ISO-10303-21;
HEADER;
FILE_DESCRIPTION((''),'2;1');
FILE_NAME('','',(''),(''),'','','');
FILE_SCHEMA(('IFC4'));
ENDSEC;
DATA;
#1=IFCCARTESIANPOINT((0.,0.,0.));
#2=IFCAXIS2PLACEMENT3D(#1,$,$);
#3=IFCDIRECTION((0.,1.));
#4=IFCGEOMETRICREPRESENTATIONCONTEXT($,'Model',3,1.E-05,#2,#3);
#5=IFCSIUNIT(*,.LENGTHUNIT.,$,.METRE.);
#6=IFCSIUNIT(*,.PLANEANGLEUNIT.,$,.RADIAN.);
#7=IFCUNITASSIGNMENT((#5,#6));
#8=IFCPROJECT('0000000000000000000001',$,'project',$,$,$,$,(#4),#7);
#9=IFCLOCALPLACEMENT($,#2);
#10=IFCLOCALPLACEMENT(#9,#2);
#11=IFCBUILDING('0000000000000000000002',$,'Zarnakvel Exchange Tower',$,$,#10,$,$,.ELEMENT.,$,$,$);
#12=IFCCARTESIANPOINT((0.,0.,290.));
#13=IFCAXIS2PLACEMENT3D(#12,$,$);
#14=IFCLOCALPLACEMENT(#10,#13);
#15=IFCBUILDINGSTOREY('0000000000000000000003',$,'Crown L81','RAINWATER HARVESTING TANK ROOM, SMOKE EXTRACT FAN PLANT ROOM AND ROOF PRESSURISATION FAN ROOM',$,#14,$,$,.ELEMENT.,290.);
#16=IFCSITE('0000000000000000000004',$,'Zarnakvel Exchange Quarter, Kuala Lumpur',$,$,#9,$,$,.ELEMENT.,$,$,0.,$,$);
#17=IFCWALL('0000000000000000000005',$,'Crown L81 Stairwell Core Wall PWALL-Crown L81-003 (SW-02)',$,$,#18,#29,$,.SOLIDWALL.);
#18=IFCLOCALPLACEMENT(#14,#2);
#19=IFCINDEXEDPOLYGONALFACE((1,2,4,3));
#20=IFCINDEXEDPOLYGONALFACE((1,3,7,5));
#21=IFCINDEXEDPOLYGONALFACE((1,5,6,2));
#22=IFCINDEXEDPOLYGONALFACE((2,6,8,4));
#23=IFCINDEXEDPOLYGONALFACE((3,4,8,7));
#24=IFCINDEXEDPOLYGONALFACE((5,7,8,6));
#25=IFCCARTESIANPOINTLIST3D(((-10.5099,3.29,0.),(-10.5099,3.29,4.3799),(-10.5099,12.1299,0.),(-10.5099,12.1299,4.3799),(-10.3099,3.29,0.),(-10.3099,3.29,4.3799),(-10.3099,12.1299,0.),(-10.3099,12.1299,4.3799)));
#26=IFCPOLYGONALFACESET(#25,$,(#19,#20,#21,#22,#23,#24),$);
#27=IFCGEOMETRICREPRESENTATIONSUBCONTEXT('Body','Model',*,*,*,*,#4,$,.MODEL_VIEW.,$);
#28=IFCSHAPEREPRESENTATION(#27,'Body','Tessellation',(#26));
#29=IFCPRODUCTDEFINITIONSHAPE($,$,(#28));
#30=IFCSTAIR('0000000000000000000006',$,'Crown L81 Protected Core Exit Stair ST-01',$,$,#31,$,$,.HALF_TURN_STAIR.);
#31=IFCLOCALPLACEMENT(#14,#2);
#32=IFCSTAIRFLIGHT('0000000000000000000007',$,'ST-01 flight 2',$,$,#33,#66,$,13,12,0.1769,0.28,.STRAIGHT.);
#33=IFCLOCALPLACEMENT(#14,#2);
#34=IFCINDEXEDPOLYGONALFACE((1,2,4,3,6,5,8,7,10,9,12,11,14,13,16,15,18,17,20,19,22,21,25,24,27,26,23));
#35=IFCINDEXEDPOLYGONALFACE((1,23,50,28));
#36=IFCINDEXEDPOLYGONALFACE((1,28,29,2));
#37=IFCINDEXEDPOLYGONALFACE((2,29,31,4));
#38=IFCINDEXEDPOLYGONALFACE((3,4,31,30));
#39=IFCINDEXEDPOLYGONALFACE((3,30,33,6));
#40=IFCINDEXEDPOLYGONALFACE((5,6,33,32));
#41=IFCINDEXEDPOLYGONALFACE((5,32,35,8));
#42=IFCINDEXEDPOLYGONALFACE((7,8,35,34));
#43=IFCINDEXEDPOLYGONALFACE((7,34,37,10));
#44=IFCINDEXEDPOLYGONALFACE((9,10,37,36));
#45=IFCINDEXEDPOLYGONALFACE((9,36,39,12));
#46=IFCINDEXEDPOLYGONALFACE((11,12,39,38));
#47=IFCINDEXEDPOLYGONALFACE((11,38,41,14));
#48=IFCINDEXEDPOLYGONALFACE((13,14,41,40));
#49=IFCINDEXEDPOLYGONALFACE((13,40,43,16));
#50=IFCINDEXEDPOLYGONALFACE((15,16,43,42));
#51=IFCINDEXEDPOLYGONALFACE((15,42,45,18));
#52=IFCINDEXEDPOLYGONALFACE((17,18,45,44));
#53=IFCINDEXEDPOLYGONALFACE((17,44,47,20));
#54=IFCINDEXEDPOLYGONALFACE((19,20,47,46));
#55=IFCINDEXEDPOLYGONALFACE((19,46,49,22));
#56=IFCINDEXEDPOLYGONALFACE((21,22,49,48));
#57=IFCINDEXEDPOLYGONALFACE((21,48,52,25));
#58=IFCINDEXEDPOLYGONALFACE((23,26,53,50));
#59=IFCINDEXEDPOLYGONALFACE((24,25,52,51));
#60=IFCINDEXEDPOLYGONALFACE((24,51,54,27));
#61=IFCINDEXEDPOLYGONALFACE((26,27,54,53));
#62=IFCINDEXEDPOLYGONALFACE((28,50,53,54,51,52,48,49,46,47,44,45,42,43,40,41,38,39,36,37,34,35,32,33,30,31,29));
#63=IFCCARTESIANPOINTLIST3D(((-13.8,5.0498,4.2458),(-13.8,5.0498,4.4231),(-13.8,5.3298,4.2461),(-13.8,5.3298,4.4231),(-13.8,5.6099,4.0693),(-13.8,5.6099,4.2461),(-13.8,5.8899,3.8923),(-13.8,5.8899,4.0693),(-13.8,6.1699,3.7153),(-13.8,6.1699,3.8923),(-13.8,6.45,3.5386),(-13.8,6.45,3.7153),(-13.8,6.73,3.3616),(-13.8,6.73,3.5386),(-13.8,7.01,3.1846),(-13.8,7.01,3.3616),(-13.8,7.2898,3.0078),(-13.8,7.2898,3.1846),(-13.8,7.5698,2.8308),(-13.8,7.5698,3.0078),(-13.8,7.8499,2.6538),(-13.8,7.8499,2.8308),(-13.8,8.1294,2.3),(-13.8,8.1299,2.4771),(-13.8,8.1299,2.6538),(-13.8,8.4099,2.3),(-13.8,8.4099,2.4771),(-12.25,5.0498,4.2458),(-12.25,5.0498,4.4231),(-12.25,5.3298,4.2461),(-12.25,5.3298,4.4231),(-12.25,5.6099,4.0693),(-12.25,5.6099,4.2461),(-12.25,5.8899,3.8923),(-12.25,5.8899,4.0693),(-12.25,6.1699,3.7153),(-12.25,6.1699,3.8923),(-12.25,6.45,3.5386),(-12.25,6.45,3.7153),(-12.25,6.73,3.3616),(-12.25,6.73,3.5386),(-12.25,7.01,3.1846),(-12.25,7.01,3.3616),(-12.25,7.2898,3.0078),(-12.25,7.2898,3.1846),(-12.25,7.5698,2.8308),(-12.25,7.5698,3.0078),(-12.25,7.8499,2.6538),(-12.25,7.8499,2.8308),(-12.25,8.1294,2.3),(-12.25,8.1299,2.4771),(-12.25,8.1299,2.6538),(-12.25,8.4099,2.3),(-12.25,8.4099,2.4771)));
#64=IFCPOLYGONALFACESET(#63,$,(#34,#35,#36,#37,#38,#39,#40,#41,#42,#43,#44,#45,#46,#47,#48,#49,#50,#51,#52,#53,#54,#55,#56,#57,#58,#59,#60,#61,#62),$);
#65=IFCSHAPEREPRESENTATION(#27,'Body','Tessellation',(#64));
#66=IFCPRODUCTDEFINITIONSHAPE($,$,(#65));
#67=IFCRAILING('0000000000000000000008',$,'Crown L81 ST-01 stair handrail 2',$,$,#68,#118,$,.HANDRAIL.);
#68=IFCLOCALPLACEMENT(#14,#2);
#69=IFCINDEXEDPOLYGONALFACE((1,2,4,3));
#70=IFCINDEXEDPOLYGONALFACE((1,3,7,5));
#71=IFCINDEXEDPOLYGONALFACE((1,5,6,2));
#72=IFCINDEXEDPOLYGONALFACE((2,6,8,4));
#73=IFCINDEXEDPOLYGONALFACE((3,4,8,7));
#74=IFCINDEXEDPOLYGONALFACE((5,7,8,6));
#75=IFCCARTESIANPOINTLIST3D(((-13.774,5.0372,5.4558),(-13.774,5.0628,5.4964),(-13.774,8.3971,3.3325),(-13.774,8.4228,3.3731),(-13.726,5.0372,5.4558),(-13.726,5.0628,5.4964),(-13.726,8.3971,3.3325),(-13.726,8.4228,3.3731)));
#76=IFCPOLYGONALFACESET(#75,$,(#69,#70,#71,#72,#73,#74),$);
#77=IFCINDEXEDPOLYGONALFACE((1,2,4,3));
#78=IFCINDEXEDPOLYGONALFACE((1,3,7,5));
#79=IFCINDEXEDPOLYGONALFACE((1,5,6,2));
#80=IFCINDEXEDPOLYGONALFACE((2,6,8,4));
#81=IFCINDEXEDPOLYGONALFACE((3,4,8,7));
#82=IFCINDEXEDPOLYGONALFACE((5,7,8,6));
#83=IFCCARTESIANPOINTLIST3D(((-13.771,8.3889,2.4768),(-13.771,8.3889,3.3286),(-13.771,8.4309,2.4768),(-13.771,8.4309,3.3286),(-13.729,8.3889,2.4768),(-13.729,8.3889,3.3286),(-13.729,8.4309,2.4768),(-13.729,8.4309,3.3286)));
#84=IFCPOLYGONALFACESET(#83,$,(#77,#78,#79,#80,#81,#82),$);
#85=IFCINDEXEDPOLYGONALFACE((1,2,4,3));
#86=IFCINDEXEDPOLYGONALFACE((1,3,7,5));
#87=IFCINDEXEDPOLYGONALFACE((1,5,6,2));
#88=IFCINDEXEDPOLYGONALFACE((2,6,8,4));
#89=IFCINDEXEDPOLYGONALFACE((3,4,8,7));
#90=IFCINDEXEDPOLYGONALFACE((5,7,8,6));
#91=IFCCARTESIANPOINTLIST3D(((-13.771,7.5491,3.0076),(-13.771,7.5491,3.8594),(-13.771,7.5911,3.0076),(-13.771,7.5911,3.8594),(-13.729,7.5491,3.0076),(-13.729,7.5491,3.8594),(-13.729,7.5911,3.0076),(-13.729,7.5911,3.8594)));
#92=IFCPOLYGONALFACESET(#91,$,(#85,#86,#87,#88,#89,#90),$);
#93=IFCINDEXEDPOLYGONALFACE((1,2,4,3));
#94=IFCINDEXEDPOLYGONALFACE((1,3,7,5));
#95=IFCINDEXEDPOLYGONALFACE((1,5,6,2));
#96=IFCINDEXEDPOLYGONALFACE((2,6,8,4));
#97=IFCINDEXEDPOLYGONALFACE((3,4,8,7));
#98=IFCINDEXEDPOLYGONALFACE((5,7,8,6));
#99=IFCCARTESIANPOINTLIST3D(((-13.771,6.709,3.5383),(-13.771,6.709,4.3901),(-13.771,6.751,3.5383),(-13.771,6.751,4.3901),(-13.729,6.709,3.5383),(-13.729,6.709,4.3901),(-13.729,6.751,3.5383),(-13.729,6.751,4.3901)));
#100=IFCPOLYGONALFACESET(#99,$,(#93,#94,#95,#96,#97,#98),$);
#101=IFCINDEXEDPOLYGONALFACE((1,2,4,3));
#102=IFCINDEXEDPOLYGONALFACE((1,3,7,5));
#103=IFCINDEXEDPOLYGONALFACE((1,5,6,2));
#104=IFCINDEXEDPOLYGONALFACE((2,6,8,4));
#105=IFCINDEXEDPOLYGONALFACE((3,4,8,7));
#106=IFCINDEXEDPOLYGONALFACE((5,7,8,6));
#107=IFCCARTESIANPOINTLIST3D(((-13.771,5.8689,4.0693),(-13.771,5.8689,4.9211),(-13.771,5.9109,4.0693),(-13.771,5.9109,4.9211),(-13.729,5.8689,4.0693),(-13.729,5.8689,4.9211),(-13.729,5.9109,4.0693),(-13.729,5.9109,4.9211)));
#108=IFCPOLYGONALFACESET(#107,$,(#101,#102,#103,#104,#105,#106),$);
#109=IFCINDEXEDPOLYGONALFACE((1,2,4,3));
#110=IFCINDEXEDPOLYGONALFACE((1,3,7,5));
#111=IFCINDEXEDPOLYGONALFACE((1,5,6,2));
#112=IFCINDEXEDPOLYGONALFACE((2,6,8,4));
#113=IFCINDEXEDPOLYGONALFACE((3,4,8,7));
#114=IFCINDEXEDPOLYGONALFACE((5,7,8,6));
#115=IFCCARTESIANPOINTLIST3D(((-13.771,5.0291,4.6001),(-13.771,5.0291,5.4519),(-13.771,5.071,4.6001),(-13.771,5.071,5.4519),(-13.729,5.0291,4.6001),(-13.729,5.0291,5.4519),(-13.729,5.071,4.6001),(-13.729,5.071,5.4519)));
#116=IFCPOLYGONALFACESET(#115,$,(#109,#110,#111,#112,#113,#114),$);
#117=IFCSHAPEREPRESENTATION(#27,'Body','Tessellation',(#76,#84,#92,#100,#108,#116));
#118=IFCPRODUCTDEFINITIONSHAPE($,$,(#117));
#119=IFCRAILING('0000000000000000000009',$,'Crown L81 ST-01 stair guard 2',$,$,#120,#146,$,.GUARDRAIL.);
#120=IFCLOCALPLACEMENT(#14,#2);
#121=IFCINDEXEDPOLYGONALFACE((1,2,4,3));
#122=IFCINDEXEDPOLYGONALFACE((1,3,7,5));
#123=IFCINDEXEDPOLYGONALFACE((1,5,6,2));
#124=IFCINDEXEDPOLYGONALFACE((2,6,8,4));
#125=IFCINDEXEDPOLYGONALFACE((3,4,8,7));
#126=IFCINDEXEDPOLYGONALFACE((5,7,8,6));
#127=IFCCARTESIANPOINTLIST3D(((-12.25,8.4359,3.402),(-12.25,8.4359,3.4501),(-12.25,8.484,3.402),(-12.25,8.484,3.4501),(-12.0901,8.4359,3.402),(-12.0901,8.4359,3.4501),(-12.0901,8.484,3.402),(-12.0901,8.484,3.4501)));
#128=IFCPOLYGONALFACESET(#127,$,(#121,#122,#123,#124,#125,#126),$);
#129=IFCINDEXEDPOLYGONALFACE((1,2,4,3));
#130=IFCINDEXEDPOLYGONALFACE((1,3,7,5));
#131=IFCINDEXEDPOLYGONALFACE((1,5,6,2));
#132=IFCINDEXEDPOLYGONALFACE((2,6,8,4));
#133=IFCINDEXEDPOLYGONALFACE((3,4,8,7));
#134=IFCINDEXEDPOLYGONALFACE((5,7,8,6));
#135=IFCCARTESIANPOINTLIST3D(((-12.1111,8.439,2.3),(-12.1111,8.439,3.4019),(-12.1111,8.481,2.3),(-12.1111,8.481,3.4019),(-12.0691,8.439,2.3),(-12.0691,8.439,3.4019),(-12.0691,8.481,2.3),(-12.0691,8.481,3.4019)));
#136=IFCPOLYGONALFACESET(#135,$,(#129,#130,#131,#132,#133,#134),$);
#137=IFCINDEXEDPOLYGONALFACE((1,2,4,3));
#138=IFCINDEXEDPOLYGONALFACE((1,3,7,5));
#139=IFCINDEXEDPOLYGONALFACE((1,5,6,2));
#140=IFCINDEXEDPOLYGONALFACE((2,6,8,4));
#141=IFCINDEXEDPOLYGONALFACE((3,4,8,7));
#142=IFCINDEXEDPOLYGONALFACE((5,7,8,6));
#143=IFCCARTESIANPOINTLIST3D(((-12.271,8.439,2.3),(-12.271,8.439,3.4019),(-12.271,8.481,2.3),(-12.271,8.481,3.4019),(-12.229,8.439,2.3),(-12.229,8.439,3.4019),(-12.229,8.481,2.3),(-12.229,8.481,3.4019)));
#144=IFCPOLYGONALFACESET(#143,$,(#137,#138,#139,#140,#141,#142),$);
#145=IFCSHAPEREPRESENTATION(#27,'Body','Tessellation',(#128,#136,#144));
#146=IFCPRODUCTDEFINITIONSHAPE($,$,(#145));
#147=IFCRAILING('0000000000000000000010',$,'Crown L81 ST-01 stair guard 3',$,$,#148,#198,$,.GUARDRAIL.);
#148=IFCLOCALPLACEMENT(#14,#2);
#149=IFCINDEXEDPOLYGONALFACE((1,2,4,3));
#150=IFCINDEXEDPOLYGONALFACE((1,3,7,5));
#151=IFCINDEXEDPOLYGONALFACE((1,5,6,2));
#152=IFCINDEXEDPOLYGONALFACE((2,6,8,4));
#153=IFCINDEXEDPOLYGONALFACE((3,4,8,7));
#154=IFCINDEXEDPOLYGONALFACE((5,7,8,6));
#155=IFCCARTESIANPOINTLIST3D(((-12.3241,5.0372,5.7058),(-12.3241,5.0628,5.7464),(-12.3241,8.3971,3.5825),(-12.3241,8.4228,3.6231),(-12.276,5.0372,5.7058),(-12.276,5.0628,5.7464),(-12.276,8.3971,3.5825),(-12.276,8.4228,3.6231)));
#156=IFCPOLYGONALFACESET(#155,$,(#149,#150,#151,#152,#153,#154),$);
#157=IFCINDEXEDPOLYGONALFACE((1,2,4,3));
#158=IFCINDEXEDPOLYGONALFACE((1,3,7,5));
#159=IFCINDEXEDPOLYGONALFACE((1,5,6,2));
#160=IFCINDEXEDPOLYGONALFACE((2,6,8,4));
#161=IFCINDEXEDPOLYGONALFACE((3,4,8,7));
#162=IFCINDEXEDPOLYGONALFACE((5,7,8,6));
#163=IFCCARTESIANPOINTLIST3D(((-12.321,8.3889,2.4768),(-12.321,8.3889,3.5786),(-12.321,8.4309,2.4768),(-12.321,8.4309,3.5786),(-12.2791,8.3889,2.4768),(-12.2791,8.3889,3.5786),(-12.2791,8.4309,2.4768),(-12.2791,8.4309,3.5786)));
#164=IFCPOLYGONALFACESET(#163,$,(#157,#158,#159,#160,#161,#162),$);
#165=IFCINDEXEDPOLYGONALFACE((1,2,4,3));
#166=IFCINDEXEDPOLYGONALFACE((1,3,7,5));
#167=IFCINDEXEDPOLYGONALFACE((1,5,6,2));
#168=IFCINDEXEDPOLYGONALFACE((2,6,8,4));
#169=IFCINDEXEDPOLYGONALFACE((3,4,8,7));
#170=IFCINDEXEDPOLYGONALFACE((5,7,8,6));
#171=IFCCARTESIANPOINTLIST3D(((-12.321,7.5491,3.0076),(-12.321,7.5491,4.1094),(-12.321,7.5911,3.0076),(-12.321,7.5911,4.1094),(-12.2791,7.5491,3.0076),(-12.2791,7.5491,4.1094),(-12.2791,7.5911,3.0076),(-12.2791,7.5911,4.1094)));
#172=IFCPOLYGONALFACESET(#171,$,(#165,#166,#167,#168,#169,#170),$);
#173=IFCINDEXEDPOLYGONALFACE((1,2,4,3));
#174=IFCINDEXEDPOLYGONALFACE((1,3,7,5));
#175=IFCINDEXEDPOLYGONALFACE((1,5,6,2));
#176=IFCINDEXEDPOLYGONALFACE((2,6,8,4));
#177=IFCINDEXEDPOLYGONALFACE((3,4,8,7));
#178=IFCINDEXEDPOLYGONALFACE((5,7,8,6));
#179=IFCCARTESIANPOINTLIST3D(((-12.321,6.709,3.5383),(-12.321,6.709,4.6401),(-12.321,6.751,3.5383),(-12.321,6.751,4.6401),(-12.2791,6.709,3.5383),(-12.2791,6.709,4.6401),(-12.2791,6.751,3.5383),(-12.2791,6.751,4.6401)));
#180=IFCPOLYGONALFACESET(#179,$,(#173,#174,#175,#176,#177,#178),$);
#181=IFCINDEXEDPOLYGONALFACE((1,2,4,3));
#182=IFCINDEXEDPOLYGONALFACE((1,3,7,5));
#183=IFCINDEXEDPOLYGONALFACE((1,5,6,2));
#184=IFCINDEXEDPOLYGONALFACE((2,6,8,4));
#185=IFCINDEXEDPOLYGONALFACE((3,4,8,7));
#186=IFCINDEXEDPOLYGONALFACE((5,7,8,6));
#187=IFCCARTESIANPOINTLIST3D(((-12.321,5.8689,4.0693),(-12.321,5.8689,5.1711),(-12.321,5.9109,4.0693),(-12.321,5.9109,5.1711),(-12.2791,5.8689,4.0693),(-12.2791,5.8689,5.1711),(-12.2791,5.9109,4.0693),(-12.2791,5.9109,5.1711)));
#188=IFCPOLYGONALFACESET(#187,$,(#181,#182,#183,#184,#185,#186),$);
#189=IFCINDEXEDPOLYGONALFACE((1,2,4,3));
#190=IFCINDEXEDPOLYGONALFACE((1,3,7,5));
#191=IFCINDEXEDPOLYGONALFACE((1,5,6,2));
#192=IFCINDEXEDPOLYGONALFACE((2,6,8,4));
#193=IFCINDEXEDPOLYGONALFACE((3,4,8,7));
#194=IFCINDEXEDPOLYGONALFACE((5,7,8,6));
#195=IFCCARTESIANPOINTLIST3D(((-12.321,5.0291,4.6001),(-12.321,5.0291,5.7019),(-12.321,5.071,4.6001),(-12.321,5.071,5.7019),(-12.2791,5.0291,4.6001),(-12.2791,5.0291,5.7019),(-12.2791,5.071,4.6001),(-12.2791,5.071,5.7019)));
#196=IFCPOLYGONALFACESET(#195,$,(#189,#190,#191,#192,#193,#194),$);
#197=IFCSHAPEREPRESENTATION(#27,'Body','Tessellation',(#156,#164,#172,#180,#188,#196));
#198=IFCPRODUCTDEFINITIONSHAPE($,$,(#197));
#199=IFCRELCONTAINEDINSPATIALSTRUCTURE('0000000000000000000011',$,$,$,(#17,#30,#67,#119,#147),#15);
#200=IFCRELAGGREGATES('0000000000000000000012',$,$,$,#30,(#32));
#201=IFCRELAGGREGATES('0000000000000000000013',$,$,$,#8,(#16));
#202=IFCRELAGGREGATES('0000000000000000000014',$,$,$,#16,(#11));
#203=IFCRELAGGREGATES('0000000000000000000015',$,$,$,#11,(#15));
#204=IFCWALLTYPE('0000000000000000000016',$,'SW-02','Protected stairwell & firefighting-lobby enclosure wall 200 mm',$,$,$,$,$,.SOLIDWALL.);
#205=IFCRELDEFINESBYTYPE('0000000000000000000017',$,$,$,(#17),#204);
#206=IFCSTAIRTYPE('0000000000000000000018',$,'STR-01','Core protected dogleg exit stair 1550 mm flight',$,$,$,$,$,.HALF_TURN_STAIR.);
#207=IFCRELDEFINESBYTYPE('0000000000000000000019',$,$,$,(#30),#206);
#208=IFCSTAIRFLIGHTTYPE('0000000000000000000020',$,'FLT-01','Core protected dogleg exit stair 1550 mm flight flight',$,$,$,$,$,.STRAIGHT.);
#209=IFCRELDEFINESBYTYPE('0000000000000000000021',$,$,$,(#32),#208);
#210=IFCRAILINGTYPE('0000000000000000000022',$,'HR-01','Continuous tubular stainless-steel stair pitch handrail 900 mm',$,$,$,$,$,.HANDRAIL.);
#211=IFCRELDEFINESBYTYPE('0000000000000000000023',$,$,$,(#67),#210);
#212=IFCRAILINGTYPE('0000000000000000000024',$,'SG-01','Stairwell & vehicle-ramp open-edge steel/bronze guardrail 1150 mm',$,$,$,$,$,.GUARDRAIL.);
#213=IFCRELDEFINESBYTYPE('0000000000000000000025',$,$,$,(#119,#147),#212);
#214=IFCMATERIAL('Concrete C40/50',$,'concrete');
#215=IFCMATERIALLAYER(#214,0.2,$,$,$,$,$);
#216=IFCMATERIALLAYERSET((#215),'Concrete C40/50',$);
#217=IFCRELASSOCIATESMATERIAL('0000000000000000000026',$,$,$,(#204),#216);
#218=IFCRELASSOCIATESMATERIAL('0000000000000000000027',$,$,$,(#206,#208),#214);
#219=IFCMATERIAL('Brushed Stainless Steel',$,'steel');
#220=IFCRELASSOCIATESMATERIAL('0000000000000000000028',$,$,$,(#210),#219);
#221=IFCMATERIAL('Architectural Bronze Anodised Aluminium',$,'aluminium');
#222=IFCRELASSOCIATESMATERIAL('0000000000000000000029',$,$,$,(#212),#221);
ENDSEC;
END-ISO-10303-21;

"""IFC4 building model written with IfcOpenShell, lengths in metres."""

from ifc_helpers import new_model, si_unit, direction, frame, frame_2d, origin, origin_2d, place, context, subcontext, project, spatial, polyline, rectangle, outline, extrude, material, layer, layer_set, type_object, element, aggregate, save


model = new_model("IFC4")

# Units and contexts
model_context = context("Model", 3, precision=1e-05, world=origin(), true_north=direction((0.0, 1.0)))
body_context = subcontext(model_context, "Body", "Model", "MODEL_VIEW")
ifc_project = project(units=[si_unit("LENGTHUNIT", "METRE"), si_unit("PLANEANGLEUNIT", "RADIAN")], contexts=[model_context])

# Site, building, storey
site_placement = place(None, origin())
site = spatial("IfcSite", under=ifc_project, at=site_placement, Name="Zarnakvel Exchange Quarter, Kuala Lumpur", CompositionType="ELEMENT", RefElevation=0.0)
building_placement = place(site_placement, origin())
building = spatial("IfcBuilding", under=site, at=building_placement, Name="Zarnakvel Exchange Tower", CompositionType="ELEMENT")
storey_placement = place(building_placement, frame((0.0, 0.0, 290.0)))
storey = spatial("IfcBuildingStorey", under=building, at=storey_placement, Name="Crown L81", Description="RAINWATER HARVESTING TANK ROOM, SMOKE EXTRACT FAN PLANT ROOM AND ROOF PRESSURISATION FAN ROOM", CompositionType="ELEMENT", Elevation=290.0)

# Shared definitions
ifc_material_1 = material(Name="Architectural Bronze Anodised Aluminium", Category="aluminium")

# Wall
ifc_material_2 = material(Name="Concrete C40/50", Category="concrete")
ifc_layer_1 = layer(ifc_material_2, 0.2)
ifc_layer_set_1 = layer_set([ifc_layer_1], Name="Concrete C40/50")
wall_type_1 = type_object("IfcWallType", Name="SW-02", Description="Protected stairwell & firefighting-lobby enclosure wall 200 mm", PredefinedType="SOLIDWALL", material=ifc_layer_set_1)
wall_1_placement = place(storey_placement, frame((-10.4099, 12.1299, 0.0), z_axis=(0.0, 0.0, 1.0), x_axis=(0.0, -1.0, 0.0)))
element("IfcWall", 1, at=wall_1_placement, inside=storey, type_object=wall_type_1, Name="Crown L81 Stairwell Core Wall PWALL-Crown L81-003 (SW-02)", PredefinedType="SOLIDWALL", context=body_context, shape_type="SweptSolid", body=[
    extrude(rectangle(XDim=8.8398, YDim=0.2, at=frame_2d((4.4199, 0.0))), origin(), (0.0, 0.0, 1.0), 4.3799),
])

# Stair, stair flight
stair_type = type_object("IfcStairType", Name="STR-01", Description="Core protected dogleg exit stair 1550 mm flight", PredefinedType="HALF_TURN_STAIR", material=ifc_material_2)
stair_placement = place(storey_placement, origin())
stair = element("IfcStair", 2, at=stair_placement, inside=storey, type_object=stair_type, Name="Crown L81 Protected Core Exit Stair ST-01", PredefinedType="HALF_TURN_STAIR")
stair_flight_type = type_object("IfcStairFlightType", Name="FLT-01", Description="Core protected dogleg exit stair 1550 mm flight flight", PredefinedType="STRAIGHT", material=ifc_material_2)
stair_flight_placement = place(storey_placement, frame((-13.0249, 8.4099, 2.3), z_axis=(0.0, 0.0, 1.0), x_axis=(0.0, -1.0, 0.0)))
stair_flight = element("IfcStairFlight", 3, at=stair_flight_placement, type_object=stair_flight_type, Name="ST-01 flight 2", NumberOfRisers=13, NumberOfTreads=12, PredefinedType="STRAIGHT", RiserHeight=0.1769, TreadLength=0.28, context=body_context, shape_type="SweptSolid", body=[
    extrude(outline(polyline([(0.0, 0.0), (0.0, 0.177), (0.28, 0.177), (0.28, 0.3538), (0.5601, 0.3538), (0.5601, 0.5308), (0.8401, 0.5308), (0.8401, 0.7078), (1.1201, 0.7078), (1.1201, 0.8845), (1.3999, 0.8845), (1.3999, 1.0615), (1.6799, 1.0615), (1.6799, 1.2385), (1.96, 1.2385), (1.96, 1.4153), (2.24, 1.4153), (2.24, 1.5923), (2.52, 1.5923), (2.52, 1.7693), (2.8, 1.7693), (2.8, 1.946), (3.0801, 1.946), (3.0801, 2.123), (3.3601, 2.123), (3.3601, 2.3), (3.3601, 1.9458), (0.2805, 0.0), (0.0, 0.0)])), frame((0.0, 0.7749, 0.0), z_axis=(0.0, -1.0, 0.0), x_axis=(1.0, 0.0, 0.0)), (0.0, 0.0, 1.0), 1.55),
])
aggregate(stair, [stair_flight])

# Railings
ifc_material_3 = material(Name="Brushed Stainless Steel", Category="steel")
railing_type_1 = type_object("IfcRailingType", Name="HR-01", Description="Continuous tubular stainless-steel stair pitch handrail 900 mm", PredefinedType="HANDRAIL", material=ifc_material_3)
railing_1_placement = place(storey_placement, frame((-13.75, 8.4099, 2.4768)))
element("IfcRailing", 4, at=railing_1_placement, inside=storey, type_object=railing_type_1, Name="Crown L81 ST-01 stair handrail 2", PredefinedType="HANDRAIL", context=body_context, shape_type="SweptSolid", body=[
    extrude(rectangle(XDim=0.0481, YDim=0.0481, at=origin_2d()), frame((0.0, 0.0, 0.876), z_axis=(0.0, -0.845344, 0.534222), x_axis=(1.0, 0.0, 0.0)), (0.0, 0.0, 1.0), 3.9746),
    extrude(rectangle(XDim=0.042, YDim=0.042, at=origin_2d()), origin(), (0.0, 0.0, 1.0), 0.8518),
    extrude(rectangle(XDim=0.042, YDim=0.042, at=origin_2d()), frame((0.0, -0.8398, 0.5308)), (0.0, 0.0, 1.0), 0.8518),
    extrude(rectangle(XDim=0.042, YDim=0.042, at=origin_2d()), frame((0.0, -1.6799, 1.0615)), (0.0, 0.0, 1.0), 0.8518),
    extrude(rectangle(XDim=0.042, YDim=0.042, at=origin_2d()), frame((0.0, -2.52, 1.5925)), (0.0, 0.0, 1.0), 0.8518),
    extrude(rectangle(XDim=0.042, YDim=0.042, at=origin_2d()), frame((0.0, -3.3599, 2.1233)), (0.0, 0.0, 1.0), 0.8518),
])
railing_type_2 = type_object("IfcRailingType", Name="SG-01", Description="Stairwell & vehicle-ramp open-edge steel/bronze guardrail 1150 mm", PredefinedType="GUARDRAIL", material=ifc_material_1)
railing_2_placement = place(storey_placement, frame((-12.0901, 8.46, 2.3)))
element("IfcRailing", 5, at=railing_2_placement, inside=storey, type_object=railing_type_2, Name="Crown L81 ST-01 stair guard 2", PredefinedType="GUARDRAIL", context=body_context, shape_type="SweptSolid", body=[
    extrude(rectangle(XDim=0.0481, YDim=0.0481, at=origin_2d()), frame((0.0, 0.0, 1.126), z_axis=(-1.0, 0.0, 0.0), x_axis=(0.0, -1.0, 0.0)), (0.0, 0.0, 1.0), 0.1599),
    extrude(rectangle(XDim=0.042, YDim=0.042, at=origin_2d()), origin(), (0.0, 0.0, 1.0), 1.1018),
    extrude(rectangle(XDim=0.042, YDim=0.042, at=origin_2d()), frame((-0.1599, 0.0, 0.0)), (0.0, 0.0, 1.0), 1.1018),
])
railing_3_placement = place(storey_placement, frame((-12.3, 8.4099, 2.4768)))
element("IfcRailing", 6, at=railing_3_placement, inside=storey, type_object=railing_type_2, Name="Crown L81 ST-01 stair guard 3", PredefinedType="GUARDRAIL", context=body_context, shape_type="SweptSolid", body=[
    extrude(rectangle(XDim=0.0481, YDim=0.0481, at=origin_2d()), frame((0.0, 0.0, 1.126), z_axis=(0.0, -0.845344, 0.534222), x_axis=(1.0, 0.0, 0.0)), (0.0, 0.0, 1.0), 3.9746),
    extrude(rectangle(XDim=0.042, YDim=0.042, at=origin_2d()), origin(), (0.0, 0.0, 1.0), 1.1018),
    extrude(rectangle(XDim=0.042, YDim=0.042, at=origin_2d()), frame((0.0, -0.8398, 0.5308)), (0.0, 0.0, 1.0), 1.1018),
    extrude(rectangle(XDim=0.042, YDim=0.042, at=origin_2d()), frame((0.0, -1.6799, 1.0615)), (0.0, 0.0, 1.0), 1.1018),
    extrude(rectangle(XDim=0.042, YDim=0.042, at=origin_2d()), frame((0.0, -2.52, 1.5925)), (0.0, 0.0, 1.0), 1.1018),
    extrude(rectangle(XDim=0.042, YDim=0.042, at=origin_2d()), frame((0.0, -3.3599, 2.1233)), (0.0, 0.0, 1.0), 1.1018),
])

save(model, "model.ifc")
